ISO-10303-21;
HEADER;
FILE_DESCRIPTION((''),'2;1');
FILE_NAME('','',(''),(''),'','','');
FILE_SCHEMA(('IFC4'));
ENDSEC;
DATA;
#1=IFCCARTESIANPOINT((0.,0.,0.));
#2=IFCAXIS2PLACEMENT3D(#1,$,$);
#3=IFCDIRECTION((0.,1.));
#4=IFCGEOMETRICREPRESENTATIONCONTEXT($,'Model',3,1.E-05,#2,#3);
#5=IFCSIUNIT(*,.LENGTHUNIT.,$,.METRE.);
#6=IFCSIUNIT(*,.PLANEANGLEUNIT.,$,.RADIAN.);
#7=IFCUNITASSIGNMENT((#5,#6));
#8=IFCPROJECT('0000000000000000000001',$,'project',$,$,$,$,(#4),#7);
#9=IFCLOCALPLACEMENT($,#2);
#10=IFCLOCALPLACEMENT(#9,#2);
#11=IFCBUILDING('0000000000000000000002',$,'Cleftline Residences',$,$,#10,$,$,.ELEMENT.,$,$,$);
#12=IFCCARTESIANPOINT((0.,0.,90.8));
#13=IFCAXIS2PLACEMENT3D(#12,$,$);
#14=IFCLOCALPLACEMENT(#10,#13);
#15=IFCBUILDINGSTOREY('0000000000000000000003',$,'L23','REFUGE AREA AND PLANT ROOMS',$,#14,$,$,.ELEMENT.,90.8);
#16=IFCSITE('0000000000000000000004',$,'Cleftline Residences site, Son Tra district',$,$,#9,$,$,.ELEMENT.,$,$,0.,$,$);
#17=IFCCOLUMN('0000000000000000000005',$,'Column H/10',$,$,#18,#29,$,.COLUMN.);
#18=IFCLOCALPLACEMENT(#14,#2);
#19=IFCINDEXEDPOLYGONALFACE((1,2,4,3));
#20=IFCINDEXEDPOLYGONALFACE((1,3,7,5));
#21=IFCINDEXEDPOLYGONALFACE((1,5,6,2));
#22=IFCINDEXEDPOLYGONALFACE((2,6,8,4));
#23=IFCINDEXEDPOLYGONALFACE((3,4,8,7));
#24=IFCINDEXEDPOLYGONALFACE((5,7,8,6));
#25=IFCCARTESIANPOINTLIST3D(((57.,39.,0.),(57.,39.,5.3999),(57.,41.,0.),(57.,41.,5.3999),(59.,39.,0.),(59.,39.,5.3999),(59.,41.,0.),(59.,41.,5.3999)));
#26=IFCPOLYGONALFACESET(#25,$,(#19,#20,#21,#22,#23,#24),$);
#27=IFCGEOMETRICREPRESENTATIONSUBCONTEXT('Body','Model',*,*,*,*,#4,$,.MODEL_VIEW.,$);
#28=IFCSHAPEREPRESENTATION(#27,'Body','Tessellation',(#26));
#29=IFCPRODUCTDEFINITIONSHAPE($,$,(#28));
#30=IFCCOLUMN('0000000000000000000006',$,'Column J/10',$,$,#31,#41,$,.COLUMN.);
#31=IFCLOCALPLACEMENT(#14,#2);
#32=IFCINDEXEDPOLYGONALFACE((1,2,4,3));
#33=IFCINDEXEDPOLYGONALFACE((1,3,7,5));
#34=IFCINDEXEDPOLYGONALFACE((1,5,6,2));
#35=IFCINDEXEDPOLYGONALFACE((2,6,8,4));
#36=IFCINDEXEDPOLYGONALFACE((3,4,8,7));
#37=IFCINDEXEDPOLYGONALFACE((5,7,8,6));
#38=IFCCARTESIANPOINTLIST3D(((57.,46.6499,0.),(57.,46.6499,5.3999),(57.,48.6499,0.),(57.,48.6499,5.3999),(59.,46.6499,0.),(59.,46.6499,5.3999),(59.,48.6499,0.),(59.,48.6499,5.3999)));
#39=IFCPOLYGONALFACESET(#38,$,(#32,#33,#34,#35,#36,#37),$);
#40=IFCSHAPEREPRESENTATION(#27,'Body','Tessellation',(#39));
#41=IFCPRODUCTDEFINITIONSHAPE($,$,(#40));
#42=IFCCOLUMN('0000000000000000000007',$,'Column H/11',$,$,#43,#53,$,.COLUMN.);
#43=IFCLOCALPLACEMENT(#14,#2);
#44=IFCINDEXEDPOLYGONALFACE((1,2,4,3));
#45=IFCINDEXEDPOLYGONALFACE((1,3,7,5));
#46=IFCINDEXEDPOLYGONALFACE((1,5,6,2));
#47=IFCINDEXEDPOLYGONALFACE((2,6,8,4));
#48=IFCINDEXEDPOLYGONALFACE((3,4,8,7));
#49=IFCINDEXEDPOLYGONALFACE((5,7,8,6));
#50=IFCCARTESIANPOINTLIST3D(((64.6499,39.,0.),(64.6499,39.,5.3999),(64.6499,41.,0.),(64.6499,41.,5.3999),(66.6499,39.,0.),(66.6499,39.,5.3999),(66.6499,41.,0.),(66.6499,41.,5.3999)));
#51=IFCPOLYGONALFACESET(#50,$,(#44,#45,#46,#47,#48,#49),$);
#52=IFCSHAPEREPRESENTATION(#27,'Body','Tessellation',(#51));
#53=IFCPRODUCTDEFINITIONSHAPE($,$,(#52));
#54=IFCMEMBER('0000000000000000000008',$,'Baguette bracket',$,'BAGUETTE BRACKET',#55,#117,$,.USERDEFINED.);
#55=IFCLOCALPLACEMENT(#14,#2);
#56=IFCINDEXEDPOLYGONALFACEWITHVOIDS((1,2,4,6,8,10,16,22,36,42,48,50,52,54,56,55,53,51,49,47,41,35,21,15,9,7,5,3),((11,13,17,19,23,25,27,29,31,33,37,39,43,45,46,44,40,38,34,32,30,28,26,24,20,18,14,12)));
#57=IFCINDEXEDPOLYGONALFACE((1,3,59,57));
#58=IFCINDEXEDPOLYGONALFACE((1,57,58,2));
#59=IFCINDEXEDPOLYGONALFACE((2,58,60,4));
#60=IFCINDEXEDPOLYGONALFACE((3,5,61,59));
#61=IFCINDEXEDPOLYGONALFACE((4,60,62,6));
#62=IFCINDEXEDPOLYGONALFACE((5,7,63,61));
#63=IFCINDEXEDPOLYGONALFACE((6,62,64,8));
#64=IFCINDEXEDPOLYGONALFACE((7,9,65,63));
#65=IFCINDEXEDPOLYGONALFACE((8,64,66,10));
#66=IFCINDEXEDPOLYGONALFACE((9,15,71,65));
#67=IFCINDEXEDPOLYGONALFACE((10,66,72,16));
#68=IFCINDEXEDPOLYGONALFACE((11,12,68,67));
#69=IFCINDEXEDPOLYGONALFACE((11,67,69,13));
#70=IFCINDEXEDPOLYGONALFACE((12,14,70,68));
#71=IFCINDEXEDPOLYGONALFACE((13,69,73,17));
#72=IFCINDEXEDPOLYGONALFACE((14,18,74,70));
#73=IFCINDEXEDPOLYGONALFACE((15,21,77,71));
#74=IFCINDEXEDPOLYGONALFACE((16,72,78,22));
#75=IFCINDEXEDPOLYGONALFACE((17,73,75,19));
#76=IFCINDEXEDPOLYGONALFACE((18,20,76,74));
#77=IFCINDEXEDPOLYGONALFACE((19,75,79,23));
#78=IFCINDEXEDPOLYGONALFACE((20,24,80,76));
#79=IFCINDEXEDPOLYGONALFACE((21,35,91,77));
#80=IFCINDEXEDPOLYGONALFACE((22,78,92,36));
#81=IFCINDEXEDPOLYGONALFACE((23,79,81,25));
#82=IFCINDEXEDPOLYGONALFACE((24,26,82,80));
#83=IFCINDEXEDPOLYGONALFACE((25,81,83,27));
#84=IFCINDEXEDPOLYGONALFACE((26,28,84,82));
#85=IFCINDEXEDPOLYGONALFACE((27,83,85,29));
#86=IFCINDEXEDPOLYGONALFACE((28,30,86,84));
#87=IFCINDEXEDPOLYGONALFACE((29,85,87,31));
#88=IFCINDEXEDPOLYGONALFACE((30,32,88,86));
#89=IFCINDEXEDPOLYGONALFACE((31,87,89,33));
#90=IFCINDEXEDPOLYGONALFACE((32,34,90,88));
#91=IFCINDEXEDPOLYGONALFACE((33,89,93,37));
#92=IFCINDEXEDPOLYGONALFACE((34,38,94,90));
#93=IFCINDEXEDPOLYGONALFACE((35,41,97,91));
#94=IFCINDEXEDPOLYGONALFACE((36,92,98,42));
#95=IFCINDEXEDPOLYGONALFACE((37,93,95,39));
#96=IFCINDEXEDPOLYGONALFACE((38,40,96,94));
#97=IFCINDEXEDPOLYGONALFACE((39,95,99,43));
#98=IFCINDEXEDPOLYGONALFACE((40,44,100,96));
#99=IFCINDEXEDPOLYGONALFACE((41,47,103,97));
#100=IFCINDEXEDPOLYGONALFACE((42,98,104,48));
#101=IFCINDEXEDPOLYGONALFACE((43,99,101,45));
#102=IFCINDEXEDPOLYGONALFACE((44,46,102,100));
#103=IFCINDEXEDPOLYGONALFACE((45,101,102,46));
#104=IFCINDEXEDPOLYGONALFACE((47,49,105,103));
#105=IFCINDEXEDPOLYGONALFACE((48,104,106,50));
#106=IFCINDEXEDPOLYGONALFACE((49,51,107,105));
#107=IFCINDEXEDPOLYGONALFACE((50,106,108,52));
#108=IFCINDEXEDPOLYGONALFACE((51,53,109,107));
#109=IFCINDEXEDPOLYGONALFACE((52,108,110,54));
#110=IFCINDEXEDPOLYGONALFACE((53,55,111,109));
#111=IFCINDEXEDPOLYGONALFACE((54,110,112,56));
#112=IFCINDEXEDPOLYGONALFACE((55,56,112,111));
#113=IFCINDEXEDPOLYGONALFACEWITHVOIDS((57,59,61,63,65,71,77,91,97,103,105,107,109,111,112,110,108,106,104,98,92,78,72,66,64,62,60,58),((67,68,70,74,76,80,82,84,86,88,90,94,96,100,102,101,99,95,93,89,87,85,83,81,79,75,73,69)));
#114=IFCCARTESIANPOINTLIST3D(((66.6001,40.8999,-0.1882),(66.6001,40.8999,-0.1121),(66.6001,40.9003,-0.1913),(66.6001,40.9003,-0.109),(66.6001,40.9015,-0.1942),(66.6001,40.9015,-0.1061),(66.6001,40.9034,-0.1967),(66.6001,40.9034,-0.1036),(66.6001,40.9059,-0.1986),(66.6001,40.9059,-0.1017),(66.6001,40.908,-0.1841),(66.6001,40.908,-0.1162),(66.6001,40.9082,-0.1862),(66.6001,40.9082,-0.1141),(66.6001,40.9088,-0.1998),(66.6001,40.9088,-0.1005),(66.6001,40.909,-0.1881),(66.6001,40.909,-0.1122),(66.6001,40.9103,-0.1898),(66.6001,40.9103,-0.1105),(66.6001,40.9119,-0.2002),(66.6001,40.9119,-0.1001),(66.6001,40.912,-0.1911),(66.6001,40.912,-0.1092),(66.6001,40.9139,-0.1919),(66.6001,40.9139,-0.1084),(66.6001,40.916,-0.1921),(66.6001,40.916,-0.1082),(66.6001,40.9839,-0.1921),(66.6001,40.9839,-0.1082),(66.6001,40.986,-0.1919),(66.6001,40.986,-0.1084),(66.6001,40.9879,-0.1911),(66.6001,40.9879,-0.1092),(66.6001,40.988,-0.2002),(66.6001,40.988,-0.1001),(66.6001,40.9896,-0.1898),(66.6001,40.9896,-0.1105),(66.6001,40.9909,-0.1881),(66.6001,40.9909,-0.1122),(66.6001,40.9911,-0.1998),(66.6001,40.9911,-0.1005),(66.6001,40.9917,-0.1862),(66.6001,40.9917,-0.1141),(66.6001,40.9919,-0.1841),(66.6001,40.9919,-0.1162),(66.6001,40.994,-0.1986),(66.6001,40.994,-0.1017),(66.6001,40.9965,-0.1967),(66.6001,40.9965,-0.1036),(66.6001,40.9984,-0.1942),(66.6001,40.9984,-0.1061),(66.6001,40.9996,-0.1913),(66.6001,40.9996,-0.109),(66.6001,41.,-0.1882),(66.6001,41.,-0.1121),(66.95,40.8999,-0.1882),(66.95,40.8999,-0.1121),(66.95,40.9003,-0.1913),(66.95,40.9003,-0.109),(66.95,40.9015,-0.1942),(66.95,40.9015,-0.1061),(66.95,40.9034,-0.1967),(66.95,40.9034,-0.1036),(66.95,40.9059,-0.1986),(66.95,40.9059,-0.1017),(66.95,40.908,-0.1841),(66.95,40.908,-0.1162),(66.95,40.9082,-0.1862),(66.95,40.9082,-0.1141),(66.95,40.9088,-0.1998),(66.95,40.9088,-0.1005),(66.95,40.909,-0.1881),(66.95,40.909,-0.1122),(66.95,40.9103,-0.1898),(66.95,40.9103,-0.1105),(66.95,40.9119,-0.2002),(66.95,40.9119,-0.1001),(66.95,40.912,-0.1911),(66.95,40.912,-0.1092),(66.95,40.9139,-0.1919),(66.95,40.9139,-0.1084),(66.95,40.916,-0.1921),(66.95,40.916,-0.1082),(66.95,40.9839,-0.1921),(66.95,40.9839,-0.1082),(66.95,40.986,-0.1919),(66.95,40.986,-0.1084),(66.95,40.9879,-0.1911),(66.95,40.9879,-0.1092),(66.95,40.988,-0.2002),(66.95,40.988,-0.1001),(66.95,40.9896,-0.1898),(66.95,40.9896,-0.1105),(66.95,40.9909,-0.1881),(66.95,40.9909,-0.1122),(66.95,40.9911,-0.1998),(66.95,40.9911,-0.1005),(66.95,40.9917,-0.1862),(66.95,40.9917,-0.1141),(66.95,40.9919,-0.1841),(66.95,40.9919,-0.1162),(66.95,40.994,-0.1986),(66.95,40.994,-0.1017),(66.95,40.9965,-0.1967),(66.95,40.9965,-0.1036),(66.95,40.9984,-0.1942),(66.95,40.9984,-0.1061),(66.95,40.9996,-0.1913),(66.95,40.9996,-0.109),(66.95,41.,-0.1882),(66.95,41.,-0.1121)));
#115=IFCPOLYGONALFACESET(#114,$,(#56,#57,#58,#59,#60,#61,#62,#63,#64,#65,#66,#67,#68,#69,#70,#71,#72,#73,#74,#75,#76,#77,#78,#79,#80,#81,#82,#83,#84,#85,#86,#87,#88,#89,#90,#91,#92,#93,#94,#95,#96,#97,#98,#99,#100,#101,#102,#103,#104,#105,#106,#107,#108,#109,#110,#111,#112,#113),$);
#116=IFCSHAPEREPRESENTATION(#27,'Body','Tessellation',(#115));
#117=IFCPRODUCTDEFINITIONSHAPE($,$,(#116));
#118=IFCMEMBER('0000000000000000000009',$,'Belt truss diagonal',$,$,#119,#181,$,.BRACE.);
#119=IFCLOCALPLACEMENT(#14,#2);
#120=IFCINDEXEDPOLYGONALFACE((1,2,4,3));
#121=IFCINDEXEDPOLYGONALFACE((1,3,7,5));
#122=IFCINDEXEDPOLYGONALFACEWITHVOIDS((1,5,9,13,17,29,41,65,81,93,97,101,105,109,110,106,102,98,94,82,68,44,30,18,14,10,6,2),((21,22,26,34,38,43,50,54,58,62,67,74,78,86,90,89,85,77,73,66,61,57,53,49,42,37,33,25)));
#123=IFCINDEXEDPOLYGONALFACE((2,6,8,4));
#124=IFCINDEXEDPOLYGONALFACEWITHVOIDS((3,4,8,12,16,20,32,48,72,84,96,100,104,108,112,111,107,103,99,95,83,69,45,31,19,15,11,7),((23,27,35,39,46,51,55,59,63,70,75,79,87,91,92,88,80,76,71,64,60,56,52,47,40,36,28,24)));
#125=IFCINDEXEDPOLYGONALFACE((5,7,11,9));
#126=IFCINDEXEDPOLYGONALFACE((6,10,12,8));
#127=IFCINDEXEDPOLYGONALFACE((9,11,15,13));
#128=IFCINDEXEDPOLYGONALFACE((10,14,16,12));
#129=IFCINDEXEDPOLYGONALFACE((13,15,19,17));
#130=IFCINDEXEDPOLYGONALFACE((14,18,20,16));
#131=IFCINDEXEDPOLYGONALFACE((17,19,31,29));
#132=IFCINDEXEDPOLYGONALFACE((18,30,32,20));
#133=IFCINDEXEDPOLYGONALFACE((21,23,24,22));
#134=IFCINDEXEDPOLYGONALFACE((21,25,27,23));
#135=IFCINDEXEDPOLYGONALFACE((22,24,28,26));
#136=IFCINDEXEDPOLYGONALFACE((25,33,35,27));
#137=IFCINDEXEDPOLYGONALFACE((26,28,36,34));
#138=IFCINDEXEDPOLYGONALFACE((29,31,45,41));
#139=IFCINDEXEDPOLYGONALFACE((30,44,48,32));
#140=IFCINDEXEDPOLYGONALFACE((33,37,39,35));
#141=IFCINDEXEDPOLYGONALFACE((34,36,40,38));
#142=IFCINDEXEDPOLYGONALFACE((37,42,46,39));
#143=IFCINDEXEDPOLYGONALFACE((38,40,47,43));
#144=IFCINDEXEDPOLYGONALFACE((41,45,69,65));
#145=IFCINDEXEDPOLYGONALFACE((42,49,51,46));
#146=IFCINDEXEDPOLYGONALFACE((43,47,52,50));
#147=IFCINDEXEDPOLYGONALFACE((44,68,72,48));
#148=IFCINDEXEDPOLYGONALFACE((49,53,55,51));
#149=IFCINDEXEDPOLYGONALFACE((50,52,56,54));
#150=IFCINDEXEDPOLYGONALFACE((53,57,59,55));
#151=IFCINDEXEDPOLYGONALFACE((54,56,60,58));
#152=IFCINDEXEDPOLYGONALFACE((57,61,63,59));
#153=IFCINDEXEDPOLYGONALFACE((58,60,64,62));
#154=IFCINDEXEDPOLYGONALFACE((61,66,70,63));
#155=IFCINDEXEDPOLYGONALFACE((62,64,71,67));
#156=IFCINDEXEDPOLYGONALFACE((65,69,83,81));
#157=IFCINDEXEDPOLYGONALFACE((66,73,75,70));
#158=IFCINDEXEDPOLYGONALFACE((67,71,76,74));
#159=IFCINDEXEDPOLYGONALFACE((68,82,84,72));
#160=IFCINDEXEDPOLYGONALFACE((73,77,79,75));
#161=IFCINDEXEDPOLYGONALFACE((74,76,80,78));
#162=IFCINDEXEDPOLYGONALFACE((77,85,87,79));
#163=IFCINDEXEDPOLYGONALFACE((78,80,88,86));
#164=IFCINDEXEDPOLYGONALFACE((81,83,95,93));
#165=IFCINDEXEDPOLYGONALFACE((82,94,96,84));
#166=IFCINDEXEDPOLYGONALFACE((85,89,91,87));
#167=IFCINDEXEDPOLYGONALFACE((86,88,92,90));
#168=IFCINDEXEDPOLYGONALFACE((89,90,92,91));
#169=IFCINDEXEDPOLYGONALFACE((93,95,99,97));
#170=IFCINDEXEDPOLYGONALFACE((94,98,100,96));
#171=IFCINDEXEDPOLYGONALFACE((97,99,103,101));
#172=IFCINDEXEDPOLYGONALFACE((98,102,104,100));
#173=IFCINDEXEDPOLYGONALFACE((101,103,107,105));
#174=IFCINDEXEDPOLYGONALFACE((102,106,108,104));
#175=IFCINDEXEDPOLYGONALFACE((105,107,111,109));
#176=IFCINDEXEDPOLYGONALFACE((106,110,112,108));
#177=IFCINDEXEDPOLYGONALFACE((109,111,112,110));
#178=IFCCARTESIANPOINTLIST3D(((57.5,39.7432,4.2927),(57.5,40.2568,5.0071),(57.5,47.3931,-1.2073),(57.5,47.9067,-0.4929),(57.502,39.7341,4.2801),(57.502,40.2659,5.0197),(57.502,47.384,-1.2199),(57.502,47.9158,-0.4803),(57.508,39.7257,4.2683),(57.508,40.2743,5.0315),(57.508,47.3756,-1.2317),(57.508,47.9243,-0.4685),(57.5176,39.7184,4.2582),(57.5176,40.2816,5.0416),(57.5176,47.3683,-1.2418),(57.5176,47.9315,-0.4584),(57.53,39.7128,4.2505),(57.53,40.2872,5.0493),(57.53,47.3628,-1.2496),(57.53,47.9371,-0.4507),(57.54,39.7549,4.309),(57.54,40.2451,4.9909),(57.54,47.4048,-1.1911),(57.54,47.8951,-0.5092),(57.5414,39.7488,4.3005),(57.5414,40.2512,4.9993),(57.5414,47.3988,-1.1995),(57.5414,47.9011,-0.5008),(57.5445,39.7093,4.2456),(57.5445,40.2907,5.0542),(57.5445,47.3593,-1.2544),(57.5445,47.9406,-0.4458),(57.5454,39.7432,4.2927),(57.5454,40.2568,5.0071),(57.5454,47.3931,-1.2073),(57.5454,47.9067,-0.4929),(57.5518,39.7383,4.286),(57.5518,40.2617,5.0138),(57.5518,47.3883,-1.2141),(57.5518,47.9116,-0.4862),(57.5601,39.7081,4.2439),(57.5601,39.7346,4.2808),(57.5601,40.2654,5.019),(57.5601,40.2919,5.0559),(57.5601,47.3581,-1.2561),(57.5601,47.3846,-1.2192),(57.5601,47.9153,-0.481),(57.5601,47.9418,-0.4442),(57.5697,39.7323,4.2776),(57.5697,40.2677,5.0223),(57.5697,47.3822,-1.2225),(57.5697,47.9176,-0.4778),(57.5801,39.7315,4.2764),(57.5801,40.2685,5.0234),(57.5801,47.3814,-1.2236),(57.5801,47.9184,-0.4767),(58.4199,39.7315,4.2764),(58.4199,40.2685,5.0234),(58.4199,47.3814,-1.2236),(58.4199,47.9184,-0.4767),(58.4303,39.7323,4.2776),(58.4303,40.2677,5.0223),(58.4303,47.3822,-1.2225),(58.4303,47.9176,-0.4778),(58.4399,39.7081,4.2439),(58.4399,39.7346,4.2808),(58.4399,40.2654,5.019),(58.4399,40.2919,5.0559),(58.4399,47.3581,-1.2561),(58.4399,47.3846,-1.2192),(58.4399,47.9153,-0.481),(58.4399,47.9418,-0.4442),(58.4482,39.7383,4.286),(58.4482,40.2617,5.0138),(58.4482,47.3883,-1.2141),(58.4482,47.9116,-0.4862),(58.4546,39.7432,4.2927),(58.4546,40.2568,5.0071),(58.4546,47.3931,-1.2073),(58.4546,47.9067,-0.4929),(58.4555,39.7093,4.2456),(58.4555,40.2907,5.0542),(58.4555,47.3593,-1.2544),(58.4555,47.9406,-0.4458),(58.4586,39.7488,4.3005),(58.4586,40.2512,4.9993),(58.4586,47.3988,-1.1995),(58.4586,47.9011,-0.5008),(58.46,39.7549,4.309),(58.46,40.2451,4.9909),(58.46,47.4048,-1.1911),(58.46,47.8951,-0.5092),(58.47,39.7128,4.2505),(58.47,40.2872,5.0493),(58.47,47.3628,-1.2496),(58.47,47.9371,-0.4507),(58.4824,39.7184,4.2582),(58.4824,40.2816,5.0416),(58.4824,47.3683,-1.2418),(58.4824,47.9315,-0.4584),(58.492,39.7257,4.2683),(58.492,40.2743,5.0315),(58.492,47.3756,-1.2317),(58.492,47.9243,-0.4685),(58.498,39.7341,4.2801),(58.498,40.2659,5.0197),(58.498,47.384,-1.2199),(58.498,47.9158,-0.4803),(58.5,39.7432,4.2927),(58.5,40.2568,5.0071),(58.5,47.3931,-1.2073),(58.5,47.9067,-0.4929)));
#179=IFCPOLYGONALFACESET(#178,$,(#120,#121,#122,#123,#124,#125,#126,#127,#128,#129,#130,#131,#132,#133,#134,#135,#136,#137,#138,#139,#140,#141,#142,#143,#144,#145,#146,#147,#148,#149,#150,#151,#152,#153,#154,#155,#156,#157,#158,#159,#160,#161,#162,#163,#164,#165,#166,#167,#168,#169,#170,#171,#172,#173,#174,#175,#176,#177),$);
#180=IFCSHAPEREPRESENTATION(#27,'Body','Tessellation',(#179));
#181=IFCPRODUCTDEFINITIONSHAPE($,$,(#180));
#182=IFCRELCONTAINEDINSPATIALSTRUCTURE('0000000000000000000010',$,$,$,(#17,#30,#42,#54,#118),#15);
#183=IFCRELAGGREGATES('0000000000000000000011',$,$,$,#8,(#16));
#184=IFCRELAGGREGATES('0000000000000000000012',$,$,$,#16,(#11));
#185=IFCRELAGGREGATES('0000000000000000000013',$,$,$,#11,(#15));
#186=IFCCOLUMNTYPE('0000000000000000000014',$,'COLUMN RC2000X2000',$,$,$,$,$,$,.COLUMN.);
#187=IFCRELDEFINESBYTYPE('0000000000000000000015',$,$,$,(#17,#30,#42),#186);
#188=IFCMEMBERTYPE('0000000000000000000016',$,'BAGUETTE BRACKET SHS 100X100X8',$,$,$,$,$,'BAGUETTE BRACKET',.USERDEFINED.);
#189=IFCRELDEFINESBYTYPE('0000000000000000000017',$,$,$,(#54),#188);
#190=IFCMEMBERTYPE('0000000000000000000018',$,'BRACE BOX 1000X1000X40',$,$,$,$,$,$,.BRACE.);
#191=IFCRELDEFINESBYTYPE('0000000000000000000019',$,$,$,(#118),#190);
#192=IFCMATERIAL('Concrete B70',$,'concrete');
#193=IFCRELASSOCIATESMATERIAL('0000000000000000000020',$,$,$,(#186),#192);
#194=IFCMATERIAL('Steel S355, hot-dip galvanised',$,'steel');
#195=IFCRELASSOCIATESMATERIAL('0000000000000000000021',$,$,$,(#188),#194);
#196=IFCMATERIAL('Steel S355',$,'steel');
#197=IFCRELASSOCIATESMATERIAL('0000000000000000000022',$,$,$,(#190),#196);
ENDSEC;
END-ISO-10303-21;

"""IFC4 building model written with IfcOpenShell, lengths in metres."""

from ifc_helpers import new_model, si_unit, direction, frame, origin, origin_2d, place, context, subcontext, project, spatial, rectangle, hollow_rectangle, extrude, material, material_profile, profile_set, type_object, element, save


model = new_model("IFC4")

# Units and contexts
model_context = context("Model", 3, precision=1e-05, world=origin(), true_north=direction((0.0, 1.0)))
body_context = subcontext(model_context, "Body", "Model", "MODEL_VIEW")
ifc_project = project(units=[si_unit("LENGTHUNIT", "METRE"), si_unit("PLANEANGLEUNIT", "RADIAN")], contexts=[model_context])

# Site, building, storey
site_placement = place(None, origin())
site = spatial("IfcSite", under=ifc_project, at=site_placement, Name="Cleftline Residences site, Son Tra district", CompositionType="ELEMENT", RefElevation=0.0)
building_placement = place(site_placement, origin())
building = spatial("IfcBuilding", under=site, at=building_placement, Name="Cleftline Residences", CompositionType="ELEMENT")
storey_placement = place(building_placement, frame((0.0, 0.0, 90.8)))
storey = spatial("IfcBuildingStorey", under=building, at=storey_placement, Name="L23", Description="REFUGE AREA AND PLANT ROOMS", CompositionType="ELEMENT", Elevation=90.8)

# Columns
ifc_material_1 = material(Name="Concrete B70", Category="concrete")
ifc_material_profile_1 = material_profile(ifc_material_1, rectangle(XDim=2.0, YDim=2.0, at=origin_2d()))
ifc_profile_set_1 = profile_set([ifc_material_profile_1], Name="Concrete B70")
column_type = type_object("IfcColumnType", Name="COLUMN RC2000X2000", PredefinedType="COLUMN", material=ifc_profile_set_1)
for number, where, z_axis, x_axis, name in (
    (1, (58.0, 40.0, 0.0), (0.0, 0.0, 1.0), (1.0, 0.0, 0.0), "Column H/10"),
    (2, (58.0, 47.6499, 0.0), (0.0, 0.0, 1.0), (1.0, 0.0, 0.0), "Column J/10"),
    (3, (65.6499, 40.0, 0.0), (0.0, 0.0, 1.0), (1.0, 0.0, 0.0), "Column H/11"),
):
    element("IfcColumn", number, at=place(storey_placement, frame(where, z_axis=z_axis, x_axis=x_axis)), inside=storey, type_object=column_type, Name=name, PredefinedType="COLUMN", context=body_context, shape_type="SweptSolid", body=[
        extrude(rectangle(XDim=2.0, YDim=2.0, at=origin_2d()), origin(), (0.0, 0.0, 1.0), 5.3999),
    ])

# Members
ifc_material_2 = material(Name="Steel S355, hot-dip galvanised", Category="steel")
ifc_material_profile_2 = material_profile(ifc_material_2, hollow_rectangle(XDim=0.1001, YDim=0.1001, WallThickness=0.0081, InnerFilletRadius=0.0081, OuterFilletRadius=0.012, at=origin_2d()))
ifc_profile_set_2 = profile_set([ifc_material_profile_2], Name="Steel S355, hot-dip galvanised")
member_type_1 = type_object("IfcMemberType", Name="BAGUETTE BRACKET SHS 100X100X8", ElementType="BAGUETTE BRACKET", PredefinedType="USERDEFINED", material=ifc_profile_set_2)
member_1_placement = place(storey_placement, frame((66.6001, 40.95, -0.1501), z_axis=(1.0, 0.0, 0.0), x_axis=(0.0, 1.0, 0.0)))
element("IfcMember", 4, at=member_1_placement, inside=storey, type_object=member_type_1, Name="Baguette bracket", ObjectType="BAGUETTE BRACKET", PredefinedType="USERDEFINED", context=body_context, shape_type="SweptSolid", body=[
    extrude(hollow_rectangle(XDim=0.1001, YDim=0.1001, WallThickness=0.0081, InnerFilletRadius=0.0081, OuterFilletRadius=0.012, at=origin_2d()), origin(), (0.0, 0.0, 1.0), 0.3499),
])
ifc_material_3 = material(Name="Steel S355", Category="steel")
ifc_material_profile_3 = material_profile(ifc_material_3, hollow_rectangle(XDim=1.0, YDim=1.0, WallThickness=0.04, InnerFilletRadius=0.04, OuterFilletRadius=0.0601, at=origin_2d()))
ifc_profile_set_3 = profile_set([ifc_material_profile_3], Name="Steel S355")
member_type_2 = type_object("IfcMemberType", Name="BRACE BOX 1000X1000X40", PredefinedType="BRACE", material=ifc_profile_set_3)
member_2_placement = place(storey_placement, frame((58.0, 40.0, 4.6499), z_axis=(0.0, 0.811933, -0.58375), x_axis=(0.0, 0.58375, 0.811933)))
element("IfcMember", 5, at=member_2_placement, inside=storey, type_object=member_type_2, Name="Belt truss diagonal", PredefinedType="BRACE", context=body_context, shape_type="SweptSolid", body=[
    extrude(hollow_rectangle(XDim=1.0, YDim=1.0, WallThickness=0.04, InnerFilletRadius=0.04, OuterFilletRadius=0.0601, at=origin_2d()), origin(), (0.0, 0.0, 1.0), 9.4219),
])

save(model, "model.ifc")
